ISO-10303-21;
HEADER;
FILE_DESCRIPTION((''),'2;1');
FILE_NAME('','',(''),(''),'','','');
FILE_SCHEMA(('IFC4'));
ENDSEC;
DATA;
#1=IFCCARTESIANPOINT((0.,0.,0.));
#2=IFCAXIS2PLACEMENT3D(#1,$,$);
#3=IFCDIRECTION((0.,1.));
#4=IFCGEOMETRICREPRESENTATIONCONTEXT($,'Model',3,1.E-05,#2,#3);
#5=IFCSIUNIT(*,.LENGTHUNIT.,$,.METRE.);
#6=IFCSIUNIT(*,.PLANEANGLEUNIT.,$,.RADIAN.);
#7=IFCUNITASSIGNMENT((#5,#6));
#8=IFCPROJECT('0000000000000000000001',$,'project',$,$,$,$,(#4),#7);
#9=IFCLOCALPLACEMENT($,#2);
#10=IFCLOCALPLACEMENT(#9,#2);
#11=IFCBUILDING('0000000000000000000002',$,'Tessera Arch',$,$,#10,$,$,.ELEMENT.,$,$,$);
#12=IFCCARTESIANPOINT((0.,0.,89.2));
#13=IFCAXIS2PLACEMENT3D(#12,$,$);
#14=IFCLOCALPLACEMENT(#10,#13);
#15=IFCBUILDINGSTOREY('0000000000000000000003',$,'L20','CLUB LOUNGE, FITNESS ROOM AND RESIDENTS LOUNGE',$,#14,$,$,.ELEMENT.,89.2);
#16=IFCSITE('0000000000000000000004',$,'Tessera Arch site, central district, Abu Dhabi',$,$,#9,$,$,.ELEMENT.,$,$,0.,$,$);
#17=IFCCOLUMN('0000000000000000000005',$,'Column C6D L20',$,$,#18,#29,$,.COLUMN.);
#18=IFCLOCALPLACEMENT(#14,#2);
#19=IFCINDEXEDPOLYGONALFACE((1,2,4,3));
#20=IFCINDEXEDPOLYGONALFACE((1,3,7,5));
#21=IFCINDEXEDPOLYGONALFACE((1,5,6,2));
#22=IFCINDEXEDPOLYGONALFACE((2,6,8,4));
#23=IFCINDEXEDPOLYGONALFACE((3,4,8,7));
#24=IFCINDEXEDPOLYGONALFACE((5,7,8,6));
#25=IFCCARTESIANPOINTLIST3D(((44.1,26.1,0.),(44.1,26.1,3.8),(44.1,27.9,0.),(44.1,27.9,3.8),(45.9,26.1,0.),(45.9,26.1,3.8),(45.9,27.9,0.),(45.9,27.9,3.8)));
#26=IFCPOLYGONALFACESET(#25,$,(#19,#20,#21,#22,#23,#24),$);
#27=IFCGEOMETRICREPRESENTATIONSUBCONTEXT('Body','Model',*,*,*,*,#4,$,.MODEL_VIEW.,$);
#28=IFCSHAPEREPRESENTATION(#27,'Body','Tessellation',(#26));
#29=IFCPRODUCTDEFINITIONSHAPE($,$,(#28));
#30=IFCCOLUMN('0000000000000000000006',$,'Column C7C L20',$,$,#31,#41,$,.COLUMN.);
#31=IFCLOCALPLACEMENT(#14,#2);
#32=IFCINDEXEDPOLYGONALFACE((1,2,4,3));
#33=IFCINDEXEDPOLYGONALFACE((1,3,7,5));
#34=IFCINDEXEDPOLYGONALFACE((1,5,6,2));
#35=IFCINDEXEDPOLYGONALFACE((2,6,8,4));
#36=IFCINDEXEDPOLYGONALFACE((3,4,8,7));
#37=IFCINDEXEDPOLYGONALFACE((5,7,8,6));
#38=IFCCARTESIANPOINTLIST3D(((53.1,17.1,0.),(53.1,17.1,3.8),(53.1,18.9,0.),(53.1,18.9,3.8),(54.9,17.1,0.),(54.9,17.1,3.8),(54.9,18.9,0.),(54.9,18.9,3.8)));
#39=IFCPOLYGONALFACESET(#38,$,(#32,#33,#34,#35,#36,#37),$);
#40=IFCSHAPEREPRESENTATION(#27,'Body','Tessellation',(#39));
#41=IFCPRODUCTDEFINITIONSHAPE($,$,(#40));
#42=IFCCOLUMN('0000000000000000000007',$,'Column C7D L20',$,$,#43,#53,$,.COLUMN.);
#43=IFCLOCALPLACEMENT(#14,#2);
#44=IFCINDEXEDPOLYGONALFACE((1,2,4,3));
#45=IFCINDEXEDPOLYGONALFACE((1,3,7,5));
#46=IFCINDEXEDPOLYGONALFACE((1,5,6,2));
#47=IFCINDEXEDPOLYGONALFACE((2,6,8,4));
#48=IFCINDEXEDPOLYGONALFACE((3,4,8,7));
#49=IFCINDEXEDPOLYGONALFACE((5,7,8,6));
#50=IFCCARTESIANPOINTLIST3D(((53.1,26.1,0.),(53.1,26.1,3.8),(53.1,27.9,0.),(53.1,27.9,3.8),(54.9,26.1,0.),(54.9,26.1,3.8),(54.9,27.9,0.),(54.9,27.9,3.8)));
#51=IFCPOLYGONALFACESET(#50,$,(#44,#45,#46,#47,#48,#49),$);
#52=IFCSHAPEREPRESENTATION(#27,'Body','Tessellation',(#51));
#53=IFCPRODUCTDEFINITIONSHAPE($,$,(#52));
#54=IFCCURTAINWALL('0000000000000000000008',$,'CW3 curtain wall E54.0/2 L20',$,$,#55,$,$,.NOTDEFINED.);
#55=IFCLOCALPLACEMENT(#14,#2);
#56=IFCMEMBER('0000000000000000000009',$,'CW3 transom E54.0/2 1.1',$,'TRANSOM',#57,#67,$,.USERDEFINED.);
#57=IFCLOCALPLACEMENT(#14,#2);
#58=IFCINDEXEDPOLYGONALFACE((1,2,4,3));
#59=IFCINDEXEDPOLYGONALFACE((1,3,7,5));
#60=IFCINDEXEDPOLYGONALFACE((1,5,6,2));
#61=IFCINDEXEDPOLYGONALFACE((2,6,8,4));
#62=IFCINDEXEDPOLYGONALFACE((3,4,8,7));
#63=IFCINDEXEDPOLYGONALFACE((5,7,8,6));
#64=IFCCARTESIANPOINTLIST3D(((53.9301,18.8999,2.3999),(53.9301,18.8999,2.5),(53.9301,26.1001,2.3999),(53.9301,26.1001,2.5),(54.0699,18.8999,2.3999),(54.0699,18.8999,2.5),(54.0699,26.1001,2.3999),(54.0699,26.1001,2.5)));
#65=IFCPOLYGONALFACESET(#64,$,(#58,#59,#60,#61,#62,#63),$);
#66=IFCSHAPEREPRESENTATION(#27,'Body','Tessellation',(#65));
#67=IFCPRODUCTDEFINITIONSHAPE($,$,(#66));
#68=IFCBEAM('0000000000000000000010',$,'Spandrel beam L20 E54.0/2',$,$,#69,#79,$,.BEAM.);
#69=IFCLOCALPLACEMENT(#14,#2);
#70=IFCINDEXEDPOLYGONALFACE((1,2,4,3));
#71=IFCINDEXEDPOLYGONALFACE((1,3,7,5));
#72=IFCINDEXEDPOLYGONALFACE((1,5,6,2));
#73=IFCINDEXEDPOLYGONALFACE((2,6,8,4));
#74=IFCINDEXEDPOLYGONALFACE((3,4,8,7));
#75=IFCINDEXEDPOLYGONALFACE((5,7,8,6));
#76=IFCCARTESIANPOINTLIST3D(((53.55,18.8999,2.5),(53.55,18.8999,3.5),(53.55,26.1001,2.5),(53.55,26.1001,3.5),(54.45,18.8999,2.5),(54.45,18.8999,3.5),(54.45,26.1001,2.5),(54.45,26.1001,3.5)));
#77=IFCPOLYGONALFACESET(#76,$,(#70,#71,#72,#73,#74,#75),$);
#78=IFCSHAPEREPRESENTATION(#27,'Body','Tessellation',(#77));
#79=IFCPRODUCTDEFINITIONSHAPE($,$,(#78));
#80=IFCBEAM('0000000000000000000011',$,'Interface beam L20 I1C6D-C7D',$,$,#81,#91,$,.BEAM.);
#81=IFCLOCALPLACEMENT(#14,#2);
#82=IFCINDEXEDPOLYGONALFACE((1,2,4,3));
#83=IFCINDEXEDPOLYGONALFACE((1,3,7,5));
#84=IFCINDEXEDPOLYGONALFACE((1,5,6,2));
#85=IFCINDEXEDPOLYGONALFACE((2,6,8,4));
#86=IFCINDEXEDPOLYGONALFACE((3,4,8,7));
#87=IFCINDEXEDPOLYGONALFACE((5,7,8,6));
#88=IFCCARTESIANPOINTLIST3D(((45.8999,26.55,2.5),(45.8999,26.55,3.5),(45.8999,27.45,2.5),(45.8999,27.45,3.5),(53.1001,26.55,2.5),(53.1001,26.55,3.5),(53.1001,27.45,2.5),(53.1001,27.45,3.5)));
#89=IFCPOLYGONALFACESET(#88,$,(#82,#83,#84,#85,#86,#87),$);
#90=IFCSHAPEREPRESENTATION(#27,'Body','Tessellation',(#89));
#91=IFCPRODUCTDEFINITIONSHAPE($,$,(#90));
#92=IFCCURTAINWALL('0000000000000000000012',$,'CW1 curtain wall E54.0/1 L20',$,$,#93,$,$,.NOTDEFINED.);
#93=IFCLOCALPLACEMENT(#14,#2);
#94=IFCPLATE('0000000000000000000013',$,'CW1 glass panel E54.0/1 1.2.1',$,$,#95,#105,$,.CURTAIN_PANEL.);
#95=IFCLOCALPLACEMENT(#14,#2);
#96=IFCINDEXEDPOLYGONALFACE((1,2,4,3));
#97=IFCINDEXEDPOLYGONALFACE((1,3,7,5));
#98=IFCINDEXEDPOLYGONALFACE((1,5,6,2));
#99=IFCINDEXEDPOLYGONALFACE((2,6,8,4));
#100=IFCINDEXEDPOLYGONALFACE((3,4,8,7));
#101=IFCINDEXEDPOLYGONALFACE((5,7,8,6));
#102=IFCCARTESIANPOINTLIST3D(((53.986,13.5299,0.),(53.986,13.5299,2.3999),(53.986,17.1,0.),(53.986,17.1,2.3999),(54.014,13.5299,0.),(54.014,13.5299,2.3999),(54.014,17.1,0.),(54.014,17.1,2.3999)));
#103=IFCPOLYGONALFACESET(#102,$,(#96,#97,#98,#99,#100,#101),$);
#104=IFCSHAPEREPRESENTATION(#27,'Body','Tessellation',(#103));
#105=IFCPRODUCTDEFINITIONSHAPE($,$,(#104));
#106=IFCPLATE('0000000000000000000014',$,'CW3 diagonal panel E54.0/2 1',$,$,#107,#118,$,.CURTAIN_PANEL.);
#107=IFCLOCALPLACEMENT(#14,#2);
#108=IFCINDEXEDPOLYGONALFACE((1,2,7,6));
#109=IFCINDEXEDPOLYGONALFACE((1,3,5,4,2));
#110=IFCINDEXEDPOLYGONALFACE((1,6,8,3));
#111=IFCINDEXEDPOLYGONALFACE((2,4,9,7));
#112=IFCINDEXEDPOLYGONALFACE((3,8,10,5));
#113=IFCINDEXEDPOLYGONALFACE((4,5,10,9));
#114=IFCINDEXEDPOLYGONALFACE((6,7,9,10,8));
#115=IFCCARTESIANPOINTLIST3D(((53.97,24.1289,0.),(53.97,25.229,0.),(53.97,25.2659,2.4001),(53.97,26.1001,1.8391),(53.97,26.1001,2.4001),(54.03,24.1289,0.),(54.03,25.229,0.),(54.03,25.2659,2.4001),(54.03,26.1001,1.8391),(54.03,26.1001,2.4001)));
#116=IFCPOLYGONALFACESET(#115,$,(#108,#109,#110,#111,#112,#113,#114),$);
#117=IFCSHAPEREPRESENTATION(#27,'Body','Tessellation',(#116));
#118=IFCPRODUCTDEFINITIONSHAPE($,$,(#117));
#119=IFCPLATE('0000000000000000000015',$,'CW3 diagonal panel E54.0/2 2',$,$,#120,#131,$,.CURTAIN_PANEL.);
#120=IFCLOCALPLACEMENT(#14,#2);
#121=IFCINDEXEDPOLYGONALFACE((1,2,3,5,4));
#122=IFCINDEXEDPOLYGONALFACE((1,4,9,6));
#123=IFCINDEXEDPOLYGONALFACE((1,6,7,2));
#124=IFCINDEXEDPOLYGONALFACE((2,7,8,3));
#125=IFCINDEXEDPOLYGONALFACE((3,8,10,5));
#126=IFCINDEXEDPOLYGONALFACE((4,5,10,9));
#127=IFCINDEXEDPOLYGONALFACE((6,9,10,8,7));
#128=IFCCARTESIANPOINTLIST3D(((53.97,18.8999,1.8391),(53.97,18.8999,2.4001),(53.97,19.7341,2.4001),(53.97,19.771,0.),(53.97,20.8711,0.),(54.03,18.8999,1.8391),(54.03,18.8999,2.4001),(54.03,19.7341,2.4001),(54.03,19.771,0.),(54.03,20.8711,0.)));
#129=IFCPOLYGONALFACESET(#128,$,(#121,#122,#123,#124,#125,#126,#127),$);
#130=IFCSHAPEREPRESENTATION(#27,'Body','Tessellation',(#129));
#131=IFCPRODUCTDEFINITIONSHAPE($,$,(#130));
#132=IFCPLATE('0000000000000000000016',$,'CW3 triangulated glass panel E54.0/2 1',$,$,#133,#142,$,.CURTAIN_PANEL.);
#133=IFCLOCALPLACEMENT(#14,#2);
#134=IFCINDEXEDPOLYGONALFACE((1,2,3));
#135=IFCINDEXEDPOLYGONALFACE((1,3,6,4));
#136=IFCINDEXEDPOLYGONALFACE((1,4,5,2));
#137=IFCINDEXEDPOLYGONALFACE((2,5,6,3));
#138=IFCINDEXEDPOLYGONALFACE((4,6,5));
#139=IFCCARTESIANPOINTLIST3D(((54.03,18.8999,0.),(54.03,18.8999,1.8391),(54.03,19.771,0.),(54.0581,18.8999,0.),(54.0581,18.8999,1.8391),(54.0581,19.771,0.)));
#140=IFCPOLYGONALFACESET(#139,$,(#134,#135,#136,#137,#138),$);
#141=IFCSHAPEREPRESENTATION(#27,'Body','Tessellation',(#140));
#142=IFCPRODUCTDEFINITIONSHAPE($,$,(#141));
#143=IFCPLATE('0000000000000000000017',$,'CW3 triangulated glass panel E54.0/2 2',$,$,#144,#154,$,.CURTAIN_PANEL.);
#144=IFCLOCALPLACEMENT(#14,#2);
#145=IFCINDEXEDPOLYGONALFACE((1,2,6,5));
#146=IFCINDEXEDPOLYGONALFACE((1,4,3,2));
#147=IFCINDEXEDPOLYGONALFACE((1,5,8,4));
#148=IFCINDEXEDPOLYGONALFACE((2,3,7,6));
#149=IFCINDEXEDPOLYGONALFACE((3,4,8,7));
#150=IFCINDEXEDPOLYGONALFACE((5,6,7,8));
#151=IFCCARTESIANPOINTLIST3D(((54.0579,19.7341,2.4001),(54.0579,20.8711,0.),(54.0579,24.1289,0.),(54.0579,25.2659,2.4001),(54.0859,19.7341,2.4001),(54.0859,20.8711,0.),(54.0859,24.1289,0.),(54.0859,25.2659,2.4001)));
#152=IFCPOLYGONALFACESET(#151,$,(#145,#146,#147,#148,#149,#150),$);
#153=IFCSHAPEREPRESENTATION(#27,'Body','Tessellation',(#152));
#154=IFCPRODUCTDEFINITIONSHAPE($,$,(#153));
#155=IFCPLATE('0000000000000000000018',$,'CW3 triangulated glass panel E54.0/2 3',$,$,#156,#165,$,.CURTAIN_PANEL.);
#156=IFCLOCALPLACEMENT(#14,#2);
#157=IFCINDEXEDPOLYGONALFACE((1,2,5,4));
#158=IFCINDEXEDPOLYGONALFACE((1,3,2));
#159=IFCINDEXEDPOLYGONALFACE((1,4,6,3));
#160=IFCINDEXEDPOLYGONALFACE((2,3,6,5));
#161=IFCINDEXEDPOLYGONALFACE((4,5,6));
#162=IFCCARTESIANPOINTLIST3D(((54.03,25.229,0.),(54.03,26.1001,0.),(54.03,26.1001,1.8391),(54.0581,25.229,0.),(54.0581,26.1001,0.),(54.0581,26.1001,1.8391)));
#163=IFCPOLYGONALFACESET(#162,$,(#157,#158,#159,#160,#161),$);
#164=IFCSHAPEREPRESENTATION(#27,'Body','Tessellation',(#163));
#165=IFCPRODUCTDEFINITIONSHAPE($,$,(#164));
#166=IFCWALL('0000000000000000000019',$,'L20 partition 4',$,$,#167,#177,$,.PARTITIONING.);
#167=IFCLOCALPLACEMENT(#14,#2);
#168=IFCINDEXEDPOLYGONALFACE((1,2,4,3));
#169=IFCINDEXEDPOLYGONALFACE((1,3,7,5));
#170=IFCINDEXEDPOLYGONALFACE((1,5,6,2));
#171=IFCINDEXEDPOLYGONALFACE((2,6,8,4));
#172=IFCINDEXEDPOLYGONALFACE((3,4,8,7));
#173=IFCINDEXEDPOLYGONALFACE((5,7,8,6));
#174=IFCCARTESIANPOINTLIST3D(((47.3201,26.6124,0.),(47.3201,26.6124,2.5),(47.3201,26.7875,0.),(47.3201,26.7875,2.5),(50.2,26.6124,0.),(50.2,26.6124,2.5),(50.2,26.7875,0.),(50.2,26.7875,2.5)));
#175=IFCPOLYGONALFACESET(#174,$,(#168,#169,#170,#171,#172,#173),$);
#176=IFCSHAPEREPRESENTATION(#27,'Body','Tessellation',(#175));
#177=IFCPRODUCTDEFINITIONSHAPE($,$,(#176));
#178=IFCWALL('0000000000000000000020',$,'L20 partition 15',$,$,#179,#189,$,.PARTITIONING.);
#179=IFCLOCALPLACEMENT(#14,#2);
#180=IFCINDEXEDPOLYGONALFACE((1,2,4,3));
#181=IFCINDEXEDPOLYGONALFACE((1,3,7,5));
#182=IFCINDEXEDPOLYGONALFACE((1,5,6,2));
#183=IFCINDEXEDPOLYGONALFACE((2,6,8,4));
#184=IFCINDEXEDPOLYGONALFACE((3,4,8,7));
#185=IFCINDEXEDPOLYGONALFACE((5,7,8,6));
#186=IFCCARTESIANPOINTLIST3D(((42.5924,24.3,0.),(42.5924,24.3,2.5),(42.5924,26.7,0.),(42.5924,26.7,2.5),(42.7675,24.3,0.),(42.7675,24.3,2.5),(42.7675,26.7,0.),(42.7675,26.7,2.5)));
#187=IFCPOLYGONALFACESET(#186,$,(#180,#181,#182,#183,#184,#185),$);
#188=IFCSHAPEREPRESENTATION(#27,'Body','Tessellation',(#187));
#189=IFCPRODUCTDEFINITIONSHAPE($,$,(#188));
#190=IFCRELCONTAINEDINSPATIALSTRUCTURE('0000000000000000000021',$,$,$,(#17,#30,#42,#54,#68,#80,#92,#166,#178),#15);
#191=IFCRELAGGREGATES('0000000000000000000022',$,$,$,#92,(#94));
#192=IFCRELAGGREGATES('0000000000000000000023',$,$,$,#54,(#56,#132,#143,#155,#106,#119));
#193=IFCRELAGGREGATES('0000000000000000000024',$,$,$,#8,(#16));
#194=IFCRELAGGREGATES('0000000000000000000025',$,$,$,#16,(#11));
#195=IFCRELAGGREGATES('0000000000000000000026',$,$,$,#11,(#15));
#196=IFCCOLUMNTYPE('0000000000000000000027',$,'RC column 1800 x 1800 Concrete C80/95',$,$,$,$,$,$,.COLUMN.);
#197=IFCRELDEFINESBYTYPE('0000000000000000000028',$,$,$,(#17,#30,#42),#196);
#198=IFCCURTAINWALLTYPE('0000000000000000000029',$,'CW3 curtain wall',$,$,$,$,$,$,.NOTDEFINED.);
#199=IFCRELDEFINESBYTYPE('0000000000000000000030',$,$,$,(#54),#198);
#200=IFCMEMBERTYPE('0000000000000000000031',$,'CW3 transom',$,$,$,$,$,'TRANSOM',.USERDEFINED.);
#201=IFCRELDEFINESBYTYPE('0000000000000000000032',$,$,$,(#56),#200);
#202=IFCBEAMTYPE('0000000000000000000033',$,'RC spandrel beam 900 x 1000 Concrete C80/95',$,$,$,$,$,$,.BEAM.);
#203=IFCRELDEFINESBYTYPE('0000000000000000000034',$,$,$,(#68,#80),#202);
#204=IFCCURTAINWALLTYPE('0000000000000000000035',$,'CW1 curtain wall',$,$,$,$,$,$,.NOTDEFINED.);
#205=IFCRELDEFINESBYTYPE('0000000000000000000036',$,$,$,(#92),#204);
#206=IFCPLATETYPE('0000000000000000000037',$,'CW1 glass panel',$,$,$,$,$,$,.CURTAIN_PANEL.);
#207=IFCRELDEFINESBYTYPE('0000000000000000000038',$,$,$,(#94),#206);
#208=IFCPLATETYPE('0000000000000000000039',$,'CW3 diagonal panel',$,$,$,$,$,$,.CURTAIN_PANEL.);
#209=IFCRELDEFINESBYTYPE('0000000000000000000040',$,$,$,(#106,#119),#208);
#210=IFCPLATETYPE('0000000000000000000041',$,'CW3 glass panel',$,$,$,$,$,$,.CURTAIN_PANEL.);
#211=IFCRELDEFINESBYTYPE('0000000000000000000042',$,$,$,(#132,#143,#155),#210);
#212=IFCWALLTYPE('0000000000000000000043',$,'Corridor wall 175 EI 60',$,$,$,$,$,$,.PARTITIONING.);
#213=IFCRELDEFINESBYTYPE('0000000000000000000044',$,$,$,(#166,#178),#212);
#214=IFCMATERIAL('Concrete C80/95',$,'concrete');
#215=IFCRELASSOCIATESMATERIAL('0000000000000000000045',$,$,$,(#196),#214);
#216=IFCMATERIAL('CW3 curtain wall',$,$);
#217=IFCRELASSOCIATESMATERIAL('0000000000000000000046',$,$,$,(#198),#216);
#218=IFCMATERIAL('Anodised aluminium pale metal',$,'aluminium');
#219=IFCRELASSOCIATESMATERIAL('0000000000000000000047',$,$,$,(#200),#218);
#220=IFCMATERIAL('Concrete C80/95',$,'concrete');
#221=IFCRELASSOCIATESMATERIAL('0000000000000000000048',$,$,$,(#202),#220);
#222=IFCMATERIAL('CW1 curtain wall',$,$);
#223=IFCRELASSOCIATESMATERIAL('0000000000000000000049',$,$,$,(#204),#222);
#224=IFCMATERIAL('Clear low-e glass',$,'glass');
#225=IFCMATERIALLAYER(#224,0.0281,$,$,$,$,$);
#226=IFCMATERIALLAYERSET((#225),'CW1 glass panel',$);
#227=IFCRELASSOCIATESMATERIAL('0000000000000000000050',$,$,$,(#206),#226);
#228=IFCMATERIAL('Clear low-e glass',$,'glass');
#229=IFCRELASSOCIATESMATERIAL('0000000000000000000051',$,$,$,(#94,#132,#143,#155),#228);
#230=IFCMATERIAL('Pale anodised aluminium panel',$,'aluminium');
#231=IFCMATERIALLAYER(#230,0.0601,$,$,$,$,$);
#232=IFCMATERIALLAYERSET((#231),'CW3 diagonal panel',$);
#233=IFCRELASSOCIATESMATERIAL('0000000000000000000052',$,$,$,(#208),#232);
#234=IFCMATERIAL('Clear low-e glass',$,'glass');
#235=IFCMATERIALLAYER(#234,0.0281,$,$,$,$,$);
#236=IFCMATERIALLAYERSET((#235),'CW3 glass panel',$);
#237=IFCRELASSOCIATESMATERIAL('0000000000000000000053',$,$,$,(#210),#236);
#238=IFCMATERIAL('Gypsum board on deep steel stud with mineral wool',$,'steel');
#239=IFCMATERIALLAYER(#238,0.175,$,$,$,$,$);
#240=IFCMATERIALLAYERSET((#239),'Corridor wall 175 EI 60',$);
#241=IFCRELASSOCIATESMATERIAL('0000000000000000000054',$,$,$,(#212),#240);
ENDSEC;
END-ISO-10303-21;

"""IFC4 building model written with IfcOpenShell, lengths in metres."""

from ifc_helpers import new_model, si_unit, direction, frame, frame_2d, origin, origin_2d, place, context, subcontext, project, spatial, polyline, rectangle, outline, extrude, material, layer, layer_set, material_profile, profile_set, type_object, element, aggregate, save


model = new_model("IFC4")

# Units and contexts
model_context = context("Model", 3, precision=1e-05, world=origin(), true_north=direction((0.0, 1.0)))
body_context = subcontext(model_context, "Body", "Model", "MODEL_VIEW")
ifc_project = project(units=[si_unit("LENGTHUNIT", "METRE"), si_unit("PLANEANGLEUNIT", "RADIAN")], contexts=[model_context])

# Site, building, storey
site_placement = place(None, origin())
site = spatial("IfcSite", under=ifc_project, at=site_placement, Name="Tessera Arch site, central district, Abu Dhabi", CompositionType="ELEMENT", RefElevation=0.0)
building_placement = place(site_placement, origin())
building = spatial("IfcBuilding", under=site, at=building_placement, Name="Tessera Arch", CompositionType="ELEMENT")
storey_placement = place(building_placement, frame((0.0, 0.0, 89.2)))
storey = spatial("IfcBuildingStorey", under=building, at=storey_placement, Name="L20", Description="CLUB LOUNGE, FITNESS ROOM AND RESIDENTS LOUNGE", CompositionType="ELEMENT", Elevation=89.2)

# Columns
ifc_material_1 = material(Name="Concrete C80/95", Category="concrete")
ifc_material_profile_1 = material_profile(ifc_material_1, rectangle(XDim=1.8, YDim=1.8, at=origin_2d()), Name="RC column 1800 x 1800 Concrete C80/95")
ifc_profile_set_1 = profile_set([ifc_material_profile_1], Name="Concrete C80/95")
column_type = type_object("IfcColumnType", Name="RC column 1800 x 1800 Concrete C80/95", PredefinedType="COLUMN", material=ifc_profile_set_1)
for number, where, z_axis, x_axis, name in (
    (1, (45.0, 27.0, 0.0), (0.0, 0.0, 1.0), (1.0, 0.0, 0.0), "Column C6D L20"),
    (2, (54.0, 18.0, 0.0), (0.0, 0.0, 1.0), (1.0, 0.0, 0.0), "Column C7C L20"),
    (3, (54.0, 27.0, 0.0), (0.0, 0.0, 1.0), (1.0, 0.0, 0.0), "Column C7D L20"),
):
    element("IfcColumn", number, at=place(storey_placement, frame(where, z_axis=z_axis, x_axis=x_axis)), inside=storey, type_object=column_type, Name=name, PredefinedType="COLUMN", context=body_context, shape_type="SweptSolid", body=[
        extrude(rectangle(XDim=1.8, YDim=1.8, at=origin_2d()), origin(), (0.0, 0.0, 1.0), 3.8),
    ])

# Curtain wall, member
ifc_material_2 = material(Name="CW3 curtain wall")
curtain_wall_type_1 = type_object("IfcCurtainWallType", Name="CW3 curtain wall", PredefinedType="NOTDEFINED", material=ifc_material_2)
curtain_wall_1_placement = place(storey_placement, origin())
curtain_wall_1 = element("IfcCurtainWall", 4, at=curtain_wall_1_placement, inside=storey, type_object=curtain_wall_type_1, Name="CW3 curtain wall E54.0/2 L20", PredefinedType="NOTDEFINED")
ifc_material_3 = material(Name="Anodised aluminium pale metal", Category="aluminium")
ifc_material_profile_2 = material_profile(ifc_material_3, rectangle(XDim=0.1399, YDim=0.1001, at=origin_2d()), Name="AL 140x100")
ifc_profile_set_2 = profile_set([ifc_material_profile_2], Name="Anodised aluminium pale metal")
member_type = type_object("IfcMemberType", Name="CW3 transom", ElementType="TRANSOM", PredefinedType="USERDEFINED", material=ifc_profile_set_2)
member_placement = place(storey_placement, frame((54.0, 18.8999, 2.45), z_axis=(0.0, 1.0, 0.0), x_axis=(-1.0, 0.0, 0.0)))
member = element("IfcMember", 5, at=member_placement, type_object=member_type, Name="CW3 transom E54.0/2 1.1", ObjectType="TRANSOM", PredefinedType="USERDEFINED", context=body_context, shape_type="SweptSolid", body=[
    extrude(rectangle(XDim=0.1399, YDim=0.1001, at=origin_2d()), origin(), (0.0, 0.0, 1.0), 7.2002),
])

# Beams
ifc_material_4 = material(Name="Concrete C80/95", Category="concrete")
ifc_material_profile_3 = material_profile(ifc_material_4, rectangle(XDim=0.8999, YDim=1.0, at=origin_2d()), Name="RC spandrel beam 900 x 1000 Concrete C80/95")
ifc_profile_set_3 = profile_set([ifc_material_profile_3], Name="Concrete C80/95")
beam_type = type_object("IfcBeamType", Name="RC spandrel beam 900 x 1000 Concrete C80/95", PredefinedType="BEAM", material=ifc_profile_set_3)
for number, where, z_axis, x_axis, name in (
    (6, (54.0, 18.8999, 3.0), (0.0, 1.0, 0.0), (-1.0, 0.0, 0.0), "Spandrel beam L20 E54.0/2"),
    (7, (45.8999, 27.0, 3.0), (1.0, 0.0, 0.0), (0.0, 1.0, 0.0), "Interface beam L20 I1C6D-C7D"),
):
    element("IfcBeam", number, at=place(storey_placement, frame(where, z_axis=z_axis, x_axis=x_axis)), inside=storey, type_object=beam_type, Name=name, PredefinedType="BEAM", context=body_context, shape_type="SweptSolid", body=[
        extrude(rectangle(XDim=0.8999, YDim=1.0, at=origin_2d()), origin(), (0.0, 0.0, 1.0), 7.2002),
    ])

# Curtain wall, plate
ifc_material_5 = material(Name="CW1 curtain wall")
curtain_wall_type_2 = type_object("IfcCurtainWallType", Name="CW1 curtain wall", PredefinedType="NOTDEFINED", material=ifc_material_5)
curtain_wall_2_placement = place(storey_placement, origin())
curtain_wall_2 = element("IfcCurtainWall", 8, at=curtain_wall_2_placement, inside=storey, type_object=curtain_wall_type_2, Name="CW1 curtain wall E54.0/1 L20", PredefinedType="NOTDEFINED")
ifc_material_6 = material(Name="Clear low-e glass", Category="glass")
ifc_material_7 = material(Name="Clear low-e glass", Category="glass")
ifc_layer_1 = layer(ifc_material_7, 0.0281)
ifc_layer_set_1 = layer_set([ifc_layer_1], Name="CW1 glass panel")
plate_type_1 = type_object("IfcPlateType", Name="CW1 glass panel", PredefinedType="CURTAIN_PANEL", material=ifc_layer_set_1)
plate_1_placement = place(storey_placement, frame((54.0, 15.3149, 0.0), z_axis=(0.0, 0.0, 1.0), x_axis=(0.0, 1.0, 0.0)))
plate_1 = element("IfcPlate", 9, at=plate_1_placement, type_object=plate_type_1, material=ifc_material_6, Name="CW1 glass panel E54.0/1 1.2.1", PredefinedType="CURTAIN_PANEL", context=body_context, shape_type="SweptSolid", body=[
    extrude(rectangle(XDim=3.5701, YDim=0.0281, at=origin_2d()), origin(), (0.0, 0.0, 1.0), 2.3999),
])
aggregate(curtain_wall_2, [plate_1])

# Plates
ifc_material_8 = material(Name="Pale anodised aluminium panel", Category="aluminium")
ifc_layer_2 = layer(ifc_material_8, 0.0601)
ifc_layer_set_2 = layer_set([ifc_layer_2], Name="CW3 diagonal panel")
plate_type_2 = type_object("IfcPlateType", Name="CW3 diagonal panel", PredefinedType="CURTAIN_PANEL", material=ifc_layer_set_2)
plate_2_placement = place(storey_placement, frame((54.03, 26.1001, 2.4001), z_axis=(1.0, 0.0, 0.0), x_axis=(0.0, -1.0, 0.0)))
plate_2 = element("IfcPlate", 10, at=plate_2_placement, type_object=plate_type_2, Name="CW3 diagonal panel E54.0/2 1", PredefinedType="CURTAIN_PANEL", context=body_context, shape_type="SweptSolid", body=[
    extrude(outline(polyline([(0.0, 0.0), (0.8342, 0.0), (1.9712, 2.4001), (0.8711, 2.4001), (0.0, 0.561), (0.0, 0.0)])), origin(), (0.0, 0.0, -1.0), 0.0601),
])
plate_3_placement = place(storey_placement, frame((54.03, 18.8999, 2.4001), z_axis=(1.0, 0.0, 0.0), x_axis=(0.0, 0.0, -1.0)))
plate_3 = element("IfcPlate", 11, at=plate_3_placement, type_object=plate_type_2, Name="CW3 diagonal panel E54.0/2 2", PredefinedType="CURTAIN_PANEL", context=body_context, shape_type="SweptSolid", body=[
    extrude(outline(polyline([(0.0, 0.0), (0.561, 0.0), (2.4001, 0.8711), (2.4001, 1.9712), (0.0, 0.8342), (0.0, 0.0)])), origin(), (0.0, 0.0, -1.0), 0.0601),
])
ifc_material_9 = material(Name="Clear low-e glass", Category="glass")
ifc_layer_3 = layer(ifc_material_9, 0.0281)
ifc_layer_set_3 = layer_set([ifc_layer_3], Name="CW3 glass panel")
plate_type_3 = type_object("IfcPlateType", Name="CW3 glass panel", PredefinedType="CURTAIN_PANEL", material=ifc_layer_set_3)
plate_4_placement = place(storey_placement, frame((54.0581, 18.8999, 0.0), z_axis=(1.0, 0.0, 0.0), x_axis=(0.0, 1.0, 0.0)))
plate_4 = element("IfcPlate", 12, at=plate_4_placement, type_object=plate_type_3, material=ifc_material_6, Name="CW3 triangulated glass panel E54.0/2 1", PredefinedType="CURTAIN_PANEL", context=body_context, shape_type="SweptSolid", body=[
    extrude(outline(polyline([(0.0, 0.0), (0.8711, 0.0), (0.0, 1.8391), (0.0, 0.0)])), origin(), (0.0, 0.0, -1.0), 0.0281),
])
plate_5_placement = place(storey_placement, frame((54.0859, 25.2659, 2.4001), z_axis=(1.0, 0.0, 0.0), x_axis=(0.0, -1.0, 0.0)))
plate_5 = element("IfcPlate", 13, at=plate_5_placement, type_object=plate_type_3, material=ifc_material_6, Name="CW3 triangulated glass panel E54.0/2 2", PredefinedType="CURTAIN_PANEL", context=body_context, shape_type="SweptSolid", body=[
    extrude(outline(polyline([(0.0, 0.0), (5.5317, 0.0), (4.3948, 2.4001), (1.137, 2.4001), (0.0, 0.0)])), origin(), (0.0, 0.0, -1.0), 0.0281),
])
plate_6_placement = place(storey_placement, frame((54.0581, 26.1001, 0.0), z_axis=(1.0, 0.0, 0.0), x_axis=(0.0, 0.0, 1.0)))
plate_6 = element("IfcPlate", 14, at=plate_6_placement, type_object=plate_type_3, material=ifc_material_6, Name="CW3 triangulated glass panel E54.0/2 3", PredefinedType="CURTAIN_PANEL", context=body_context, shape_type="SweptSolid", body=[
    extrude(outline(polyline([(0.0, 0.0), (1.8391, 0.0), (0.0, 0.8711), (0.0, 0.0)])), origin(), (0.0, 0.0, -1.0), 0.0281),
])
aggregate(curtain_wall_1, [member, plate_4, plate_5, plate_6, plate_2, plate_3])

# Walls
ifc_material_10 = material(Name="Gypsum board on deep steel stud with mineral wool", Category="steel")
ifc_layer_4 = layer(ifc_material_10, 0.175)
ifc_layer_set_4 = layer_set([ifc_layer_4], Name="Corridor wall 175 EI 60")
wall_type_1 = type_object("IfcWallType", Name="Corridor wall 175 EI 60", PredefinedType="PARTITIONING", material=ifc_layer_set_4)
wall_1_placement = place(storey_placement, frame((47.3201, 26.7, 0.0), z_axis=(0.0, 0.0, 1.0), x_axis=(1.0, 0.0, 0.0)))
element("IfcWall", 15, at=wall_1_placement, inside=storey, type_object=wall_type_1, Name="L20 partition 4", PredefinedType="PARTITIONING", context=body_context, shape_type="SweptSolid", body=[
    extrude(rectangle(XDim=2.8799, YDim=0.175, at=frame_2d((1.4399, 0.0))), origin(), (0.0, 0.0, 1.0), 2.5),
])
wall_2_placement = place(storey_placement, frame((42.6799, 24.3, 0.0), z_axis=(0.0, 0.0, 1.0), x_axis=(0.0, 1.0, 0.0)))
element("IfcWall", 16, at=wall_2_placement, inside=storey, type_object=wall_type_1, Name="L20 partition 15", PredefinedType="PARTITIONING", context=body_context, shape_type="SweptSolid", body=[
    extrude(rectangle(XDim=2.3999, YDim=0.175, at=frame_2d((1.2, 0.0))), origin(), (0.0, 0.0, 1.0), 2.5),
])

save(model, "model.ifc")
